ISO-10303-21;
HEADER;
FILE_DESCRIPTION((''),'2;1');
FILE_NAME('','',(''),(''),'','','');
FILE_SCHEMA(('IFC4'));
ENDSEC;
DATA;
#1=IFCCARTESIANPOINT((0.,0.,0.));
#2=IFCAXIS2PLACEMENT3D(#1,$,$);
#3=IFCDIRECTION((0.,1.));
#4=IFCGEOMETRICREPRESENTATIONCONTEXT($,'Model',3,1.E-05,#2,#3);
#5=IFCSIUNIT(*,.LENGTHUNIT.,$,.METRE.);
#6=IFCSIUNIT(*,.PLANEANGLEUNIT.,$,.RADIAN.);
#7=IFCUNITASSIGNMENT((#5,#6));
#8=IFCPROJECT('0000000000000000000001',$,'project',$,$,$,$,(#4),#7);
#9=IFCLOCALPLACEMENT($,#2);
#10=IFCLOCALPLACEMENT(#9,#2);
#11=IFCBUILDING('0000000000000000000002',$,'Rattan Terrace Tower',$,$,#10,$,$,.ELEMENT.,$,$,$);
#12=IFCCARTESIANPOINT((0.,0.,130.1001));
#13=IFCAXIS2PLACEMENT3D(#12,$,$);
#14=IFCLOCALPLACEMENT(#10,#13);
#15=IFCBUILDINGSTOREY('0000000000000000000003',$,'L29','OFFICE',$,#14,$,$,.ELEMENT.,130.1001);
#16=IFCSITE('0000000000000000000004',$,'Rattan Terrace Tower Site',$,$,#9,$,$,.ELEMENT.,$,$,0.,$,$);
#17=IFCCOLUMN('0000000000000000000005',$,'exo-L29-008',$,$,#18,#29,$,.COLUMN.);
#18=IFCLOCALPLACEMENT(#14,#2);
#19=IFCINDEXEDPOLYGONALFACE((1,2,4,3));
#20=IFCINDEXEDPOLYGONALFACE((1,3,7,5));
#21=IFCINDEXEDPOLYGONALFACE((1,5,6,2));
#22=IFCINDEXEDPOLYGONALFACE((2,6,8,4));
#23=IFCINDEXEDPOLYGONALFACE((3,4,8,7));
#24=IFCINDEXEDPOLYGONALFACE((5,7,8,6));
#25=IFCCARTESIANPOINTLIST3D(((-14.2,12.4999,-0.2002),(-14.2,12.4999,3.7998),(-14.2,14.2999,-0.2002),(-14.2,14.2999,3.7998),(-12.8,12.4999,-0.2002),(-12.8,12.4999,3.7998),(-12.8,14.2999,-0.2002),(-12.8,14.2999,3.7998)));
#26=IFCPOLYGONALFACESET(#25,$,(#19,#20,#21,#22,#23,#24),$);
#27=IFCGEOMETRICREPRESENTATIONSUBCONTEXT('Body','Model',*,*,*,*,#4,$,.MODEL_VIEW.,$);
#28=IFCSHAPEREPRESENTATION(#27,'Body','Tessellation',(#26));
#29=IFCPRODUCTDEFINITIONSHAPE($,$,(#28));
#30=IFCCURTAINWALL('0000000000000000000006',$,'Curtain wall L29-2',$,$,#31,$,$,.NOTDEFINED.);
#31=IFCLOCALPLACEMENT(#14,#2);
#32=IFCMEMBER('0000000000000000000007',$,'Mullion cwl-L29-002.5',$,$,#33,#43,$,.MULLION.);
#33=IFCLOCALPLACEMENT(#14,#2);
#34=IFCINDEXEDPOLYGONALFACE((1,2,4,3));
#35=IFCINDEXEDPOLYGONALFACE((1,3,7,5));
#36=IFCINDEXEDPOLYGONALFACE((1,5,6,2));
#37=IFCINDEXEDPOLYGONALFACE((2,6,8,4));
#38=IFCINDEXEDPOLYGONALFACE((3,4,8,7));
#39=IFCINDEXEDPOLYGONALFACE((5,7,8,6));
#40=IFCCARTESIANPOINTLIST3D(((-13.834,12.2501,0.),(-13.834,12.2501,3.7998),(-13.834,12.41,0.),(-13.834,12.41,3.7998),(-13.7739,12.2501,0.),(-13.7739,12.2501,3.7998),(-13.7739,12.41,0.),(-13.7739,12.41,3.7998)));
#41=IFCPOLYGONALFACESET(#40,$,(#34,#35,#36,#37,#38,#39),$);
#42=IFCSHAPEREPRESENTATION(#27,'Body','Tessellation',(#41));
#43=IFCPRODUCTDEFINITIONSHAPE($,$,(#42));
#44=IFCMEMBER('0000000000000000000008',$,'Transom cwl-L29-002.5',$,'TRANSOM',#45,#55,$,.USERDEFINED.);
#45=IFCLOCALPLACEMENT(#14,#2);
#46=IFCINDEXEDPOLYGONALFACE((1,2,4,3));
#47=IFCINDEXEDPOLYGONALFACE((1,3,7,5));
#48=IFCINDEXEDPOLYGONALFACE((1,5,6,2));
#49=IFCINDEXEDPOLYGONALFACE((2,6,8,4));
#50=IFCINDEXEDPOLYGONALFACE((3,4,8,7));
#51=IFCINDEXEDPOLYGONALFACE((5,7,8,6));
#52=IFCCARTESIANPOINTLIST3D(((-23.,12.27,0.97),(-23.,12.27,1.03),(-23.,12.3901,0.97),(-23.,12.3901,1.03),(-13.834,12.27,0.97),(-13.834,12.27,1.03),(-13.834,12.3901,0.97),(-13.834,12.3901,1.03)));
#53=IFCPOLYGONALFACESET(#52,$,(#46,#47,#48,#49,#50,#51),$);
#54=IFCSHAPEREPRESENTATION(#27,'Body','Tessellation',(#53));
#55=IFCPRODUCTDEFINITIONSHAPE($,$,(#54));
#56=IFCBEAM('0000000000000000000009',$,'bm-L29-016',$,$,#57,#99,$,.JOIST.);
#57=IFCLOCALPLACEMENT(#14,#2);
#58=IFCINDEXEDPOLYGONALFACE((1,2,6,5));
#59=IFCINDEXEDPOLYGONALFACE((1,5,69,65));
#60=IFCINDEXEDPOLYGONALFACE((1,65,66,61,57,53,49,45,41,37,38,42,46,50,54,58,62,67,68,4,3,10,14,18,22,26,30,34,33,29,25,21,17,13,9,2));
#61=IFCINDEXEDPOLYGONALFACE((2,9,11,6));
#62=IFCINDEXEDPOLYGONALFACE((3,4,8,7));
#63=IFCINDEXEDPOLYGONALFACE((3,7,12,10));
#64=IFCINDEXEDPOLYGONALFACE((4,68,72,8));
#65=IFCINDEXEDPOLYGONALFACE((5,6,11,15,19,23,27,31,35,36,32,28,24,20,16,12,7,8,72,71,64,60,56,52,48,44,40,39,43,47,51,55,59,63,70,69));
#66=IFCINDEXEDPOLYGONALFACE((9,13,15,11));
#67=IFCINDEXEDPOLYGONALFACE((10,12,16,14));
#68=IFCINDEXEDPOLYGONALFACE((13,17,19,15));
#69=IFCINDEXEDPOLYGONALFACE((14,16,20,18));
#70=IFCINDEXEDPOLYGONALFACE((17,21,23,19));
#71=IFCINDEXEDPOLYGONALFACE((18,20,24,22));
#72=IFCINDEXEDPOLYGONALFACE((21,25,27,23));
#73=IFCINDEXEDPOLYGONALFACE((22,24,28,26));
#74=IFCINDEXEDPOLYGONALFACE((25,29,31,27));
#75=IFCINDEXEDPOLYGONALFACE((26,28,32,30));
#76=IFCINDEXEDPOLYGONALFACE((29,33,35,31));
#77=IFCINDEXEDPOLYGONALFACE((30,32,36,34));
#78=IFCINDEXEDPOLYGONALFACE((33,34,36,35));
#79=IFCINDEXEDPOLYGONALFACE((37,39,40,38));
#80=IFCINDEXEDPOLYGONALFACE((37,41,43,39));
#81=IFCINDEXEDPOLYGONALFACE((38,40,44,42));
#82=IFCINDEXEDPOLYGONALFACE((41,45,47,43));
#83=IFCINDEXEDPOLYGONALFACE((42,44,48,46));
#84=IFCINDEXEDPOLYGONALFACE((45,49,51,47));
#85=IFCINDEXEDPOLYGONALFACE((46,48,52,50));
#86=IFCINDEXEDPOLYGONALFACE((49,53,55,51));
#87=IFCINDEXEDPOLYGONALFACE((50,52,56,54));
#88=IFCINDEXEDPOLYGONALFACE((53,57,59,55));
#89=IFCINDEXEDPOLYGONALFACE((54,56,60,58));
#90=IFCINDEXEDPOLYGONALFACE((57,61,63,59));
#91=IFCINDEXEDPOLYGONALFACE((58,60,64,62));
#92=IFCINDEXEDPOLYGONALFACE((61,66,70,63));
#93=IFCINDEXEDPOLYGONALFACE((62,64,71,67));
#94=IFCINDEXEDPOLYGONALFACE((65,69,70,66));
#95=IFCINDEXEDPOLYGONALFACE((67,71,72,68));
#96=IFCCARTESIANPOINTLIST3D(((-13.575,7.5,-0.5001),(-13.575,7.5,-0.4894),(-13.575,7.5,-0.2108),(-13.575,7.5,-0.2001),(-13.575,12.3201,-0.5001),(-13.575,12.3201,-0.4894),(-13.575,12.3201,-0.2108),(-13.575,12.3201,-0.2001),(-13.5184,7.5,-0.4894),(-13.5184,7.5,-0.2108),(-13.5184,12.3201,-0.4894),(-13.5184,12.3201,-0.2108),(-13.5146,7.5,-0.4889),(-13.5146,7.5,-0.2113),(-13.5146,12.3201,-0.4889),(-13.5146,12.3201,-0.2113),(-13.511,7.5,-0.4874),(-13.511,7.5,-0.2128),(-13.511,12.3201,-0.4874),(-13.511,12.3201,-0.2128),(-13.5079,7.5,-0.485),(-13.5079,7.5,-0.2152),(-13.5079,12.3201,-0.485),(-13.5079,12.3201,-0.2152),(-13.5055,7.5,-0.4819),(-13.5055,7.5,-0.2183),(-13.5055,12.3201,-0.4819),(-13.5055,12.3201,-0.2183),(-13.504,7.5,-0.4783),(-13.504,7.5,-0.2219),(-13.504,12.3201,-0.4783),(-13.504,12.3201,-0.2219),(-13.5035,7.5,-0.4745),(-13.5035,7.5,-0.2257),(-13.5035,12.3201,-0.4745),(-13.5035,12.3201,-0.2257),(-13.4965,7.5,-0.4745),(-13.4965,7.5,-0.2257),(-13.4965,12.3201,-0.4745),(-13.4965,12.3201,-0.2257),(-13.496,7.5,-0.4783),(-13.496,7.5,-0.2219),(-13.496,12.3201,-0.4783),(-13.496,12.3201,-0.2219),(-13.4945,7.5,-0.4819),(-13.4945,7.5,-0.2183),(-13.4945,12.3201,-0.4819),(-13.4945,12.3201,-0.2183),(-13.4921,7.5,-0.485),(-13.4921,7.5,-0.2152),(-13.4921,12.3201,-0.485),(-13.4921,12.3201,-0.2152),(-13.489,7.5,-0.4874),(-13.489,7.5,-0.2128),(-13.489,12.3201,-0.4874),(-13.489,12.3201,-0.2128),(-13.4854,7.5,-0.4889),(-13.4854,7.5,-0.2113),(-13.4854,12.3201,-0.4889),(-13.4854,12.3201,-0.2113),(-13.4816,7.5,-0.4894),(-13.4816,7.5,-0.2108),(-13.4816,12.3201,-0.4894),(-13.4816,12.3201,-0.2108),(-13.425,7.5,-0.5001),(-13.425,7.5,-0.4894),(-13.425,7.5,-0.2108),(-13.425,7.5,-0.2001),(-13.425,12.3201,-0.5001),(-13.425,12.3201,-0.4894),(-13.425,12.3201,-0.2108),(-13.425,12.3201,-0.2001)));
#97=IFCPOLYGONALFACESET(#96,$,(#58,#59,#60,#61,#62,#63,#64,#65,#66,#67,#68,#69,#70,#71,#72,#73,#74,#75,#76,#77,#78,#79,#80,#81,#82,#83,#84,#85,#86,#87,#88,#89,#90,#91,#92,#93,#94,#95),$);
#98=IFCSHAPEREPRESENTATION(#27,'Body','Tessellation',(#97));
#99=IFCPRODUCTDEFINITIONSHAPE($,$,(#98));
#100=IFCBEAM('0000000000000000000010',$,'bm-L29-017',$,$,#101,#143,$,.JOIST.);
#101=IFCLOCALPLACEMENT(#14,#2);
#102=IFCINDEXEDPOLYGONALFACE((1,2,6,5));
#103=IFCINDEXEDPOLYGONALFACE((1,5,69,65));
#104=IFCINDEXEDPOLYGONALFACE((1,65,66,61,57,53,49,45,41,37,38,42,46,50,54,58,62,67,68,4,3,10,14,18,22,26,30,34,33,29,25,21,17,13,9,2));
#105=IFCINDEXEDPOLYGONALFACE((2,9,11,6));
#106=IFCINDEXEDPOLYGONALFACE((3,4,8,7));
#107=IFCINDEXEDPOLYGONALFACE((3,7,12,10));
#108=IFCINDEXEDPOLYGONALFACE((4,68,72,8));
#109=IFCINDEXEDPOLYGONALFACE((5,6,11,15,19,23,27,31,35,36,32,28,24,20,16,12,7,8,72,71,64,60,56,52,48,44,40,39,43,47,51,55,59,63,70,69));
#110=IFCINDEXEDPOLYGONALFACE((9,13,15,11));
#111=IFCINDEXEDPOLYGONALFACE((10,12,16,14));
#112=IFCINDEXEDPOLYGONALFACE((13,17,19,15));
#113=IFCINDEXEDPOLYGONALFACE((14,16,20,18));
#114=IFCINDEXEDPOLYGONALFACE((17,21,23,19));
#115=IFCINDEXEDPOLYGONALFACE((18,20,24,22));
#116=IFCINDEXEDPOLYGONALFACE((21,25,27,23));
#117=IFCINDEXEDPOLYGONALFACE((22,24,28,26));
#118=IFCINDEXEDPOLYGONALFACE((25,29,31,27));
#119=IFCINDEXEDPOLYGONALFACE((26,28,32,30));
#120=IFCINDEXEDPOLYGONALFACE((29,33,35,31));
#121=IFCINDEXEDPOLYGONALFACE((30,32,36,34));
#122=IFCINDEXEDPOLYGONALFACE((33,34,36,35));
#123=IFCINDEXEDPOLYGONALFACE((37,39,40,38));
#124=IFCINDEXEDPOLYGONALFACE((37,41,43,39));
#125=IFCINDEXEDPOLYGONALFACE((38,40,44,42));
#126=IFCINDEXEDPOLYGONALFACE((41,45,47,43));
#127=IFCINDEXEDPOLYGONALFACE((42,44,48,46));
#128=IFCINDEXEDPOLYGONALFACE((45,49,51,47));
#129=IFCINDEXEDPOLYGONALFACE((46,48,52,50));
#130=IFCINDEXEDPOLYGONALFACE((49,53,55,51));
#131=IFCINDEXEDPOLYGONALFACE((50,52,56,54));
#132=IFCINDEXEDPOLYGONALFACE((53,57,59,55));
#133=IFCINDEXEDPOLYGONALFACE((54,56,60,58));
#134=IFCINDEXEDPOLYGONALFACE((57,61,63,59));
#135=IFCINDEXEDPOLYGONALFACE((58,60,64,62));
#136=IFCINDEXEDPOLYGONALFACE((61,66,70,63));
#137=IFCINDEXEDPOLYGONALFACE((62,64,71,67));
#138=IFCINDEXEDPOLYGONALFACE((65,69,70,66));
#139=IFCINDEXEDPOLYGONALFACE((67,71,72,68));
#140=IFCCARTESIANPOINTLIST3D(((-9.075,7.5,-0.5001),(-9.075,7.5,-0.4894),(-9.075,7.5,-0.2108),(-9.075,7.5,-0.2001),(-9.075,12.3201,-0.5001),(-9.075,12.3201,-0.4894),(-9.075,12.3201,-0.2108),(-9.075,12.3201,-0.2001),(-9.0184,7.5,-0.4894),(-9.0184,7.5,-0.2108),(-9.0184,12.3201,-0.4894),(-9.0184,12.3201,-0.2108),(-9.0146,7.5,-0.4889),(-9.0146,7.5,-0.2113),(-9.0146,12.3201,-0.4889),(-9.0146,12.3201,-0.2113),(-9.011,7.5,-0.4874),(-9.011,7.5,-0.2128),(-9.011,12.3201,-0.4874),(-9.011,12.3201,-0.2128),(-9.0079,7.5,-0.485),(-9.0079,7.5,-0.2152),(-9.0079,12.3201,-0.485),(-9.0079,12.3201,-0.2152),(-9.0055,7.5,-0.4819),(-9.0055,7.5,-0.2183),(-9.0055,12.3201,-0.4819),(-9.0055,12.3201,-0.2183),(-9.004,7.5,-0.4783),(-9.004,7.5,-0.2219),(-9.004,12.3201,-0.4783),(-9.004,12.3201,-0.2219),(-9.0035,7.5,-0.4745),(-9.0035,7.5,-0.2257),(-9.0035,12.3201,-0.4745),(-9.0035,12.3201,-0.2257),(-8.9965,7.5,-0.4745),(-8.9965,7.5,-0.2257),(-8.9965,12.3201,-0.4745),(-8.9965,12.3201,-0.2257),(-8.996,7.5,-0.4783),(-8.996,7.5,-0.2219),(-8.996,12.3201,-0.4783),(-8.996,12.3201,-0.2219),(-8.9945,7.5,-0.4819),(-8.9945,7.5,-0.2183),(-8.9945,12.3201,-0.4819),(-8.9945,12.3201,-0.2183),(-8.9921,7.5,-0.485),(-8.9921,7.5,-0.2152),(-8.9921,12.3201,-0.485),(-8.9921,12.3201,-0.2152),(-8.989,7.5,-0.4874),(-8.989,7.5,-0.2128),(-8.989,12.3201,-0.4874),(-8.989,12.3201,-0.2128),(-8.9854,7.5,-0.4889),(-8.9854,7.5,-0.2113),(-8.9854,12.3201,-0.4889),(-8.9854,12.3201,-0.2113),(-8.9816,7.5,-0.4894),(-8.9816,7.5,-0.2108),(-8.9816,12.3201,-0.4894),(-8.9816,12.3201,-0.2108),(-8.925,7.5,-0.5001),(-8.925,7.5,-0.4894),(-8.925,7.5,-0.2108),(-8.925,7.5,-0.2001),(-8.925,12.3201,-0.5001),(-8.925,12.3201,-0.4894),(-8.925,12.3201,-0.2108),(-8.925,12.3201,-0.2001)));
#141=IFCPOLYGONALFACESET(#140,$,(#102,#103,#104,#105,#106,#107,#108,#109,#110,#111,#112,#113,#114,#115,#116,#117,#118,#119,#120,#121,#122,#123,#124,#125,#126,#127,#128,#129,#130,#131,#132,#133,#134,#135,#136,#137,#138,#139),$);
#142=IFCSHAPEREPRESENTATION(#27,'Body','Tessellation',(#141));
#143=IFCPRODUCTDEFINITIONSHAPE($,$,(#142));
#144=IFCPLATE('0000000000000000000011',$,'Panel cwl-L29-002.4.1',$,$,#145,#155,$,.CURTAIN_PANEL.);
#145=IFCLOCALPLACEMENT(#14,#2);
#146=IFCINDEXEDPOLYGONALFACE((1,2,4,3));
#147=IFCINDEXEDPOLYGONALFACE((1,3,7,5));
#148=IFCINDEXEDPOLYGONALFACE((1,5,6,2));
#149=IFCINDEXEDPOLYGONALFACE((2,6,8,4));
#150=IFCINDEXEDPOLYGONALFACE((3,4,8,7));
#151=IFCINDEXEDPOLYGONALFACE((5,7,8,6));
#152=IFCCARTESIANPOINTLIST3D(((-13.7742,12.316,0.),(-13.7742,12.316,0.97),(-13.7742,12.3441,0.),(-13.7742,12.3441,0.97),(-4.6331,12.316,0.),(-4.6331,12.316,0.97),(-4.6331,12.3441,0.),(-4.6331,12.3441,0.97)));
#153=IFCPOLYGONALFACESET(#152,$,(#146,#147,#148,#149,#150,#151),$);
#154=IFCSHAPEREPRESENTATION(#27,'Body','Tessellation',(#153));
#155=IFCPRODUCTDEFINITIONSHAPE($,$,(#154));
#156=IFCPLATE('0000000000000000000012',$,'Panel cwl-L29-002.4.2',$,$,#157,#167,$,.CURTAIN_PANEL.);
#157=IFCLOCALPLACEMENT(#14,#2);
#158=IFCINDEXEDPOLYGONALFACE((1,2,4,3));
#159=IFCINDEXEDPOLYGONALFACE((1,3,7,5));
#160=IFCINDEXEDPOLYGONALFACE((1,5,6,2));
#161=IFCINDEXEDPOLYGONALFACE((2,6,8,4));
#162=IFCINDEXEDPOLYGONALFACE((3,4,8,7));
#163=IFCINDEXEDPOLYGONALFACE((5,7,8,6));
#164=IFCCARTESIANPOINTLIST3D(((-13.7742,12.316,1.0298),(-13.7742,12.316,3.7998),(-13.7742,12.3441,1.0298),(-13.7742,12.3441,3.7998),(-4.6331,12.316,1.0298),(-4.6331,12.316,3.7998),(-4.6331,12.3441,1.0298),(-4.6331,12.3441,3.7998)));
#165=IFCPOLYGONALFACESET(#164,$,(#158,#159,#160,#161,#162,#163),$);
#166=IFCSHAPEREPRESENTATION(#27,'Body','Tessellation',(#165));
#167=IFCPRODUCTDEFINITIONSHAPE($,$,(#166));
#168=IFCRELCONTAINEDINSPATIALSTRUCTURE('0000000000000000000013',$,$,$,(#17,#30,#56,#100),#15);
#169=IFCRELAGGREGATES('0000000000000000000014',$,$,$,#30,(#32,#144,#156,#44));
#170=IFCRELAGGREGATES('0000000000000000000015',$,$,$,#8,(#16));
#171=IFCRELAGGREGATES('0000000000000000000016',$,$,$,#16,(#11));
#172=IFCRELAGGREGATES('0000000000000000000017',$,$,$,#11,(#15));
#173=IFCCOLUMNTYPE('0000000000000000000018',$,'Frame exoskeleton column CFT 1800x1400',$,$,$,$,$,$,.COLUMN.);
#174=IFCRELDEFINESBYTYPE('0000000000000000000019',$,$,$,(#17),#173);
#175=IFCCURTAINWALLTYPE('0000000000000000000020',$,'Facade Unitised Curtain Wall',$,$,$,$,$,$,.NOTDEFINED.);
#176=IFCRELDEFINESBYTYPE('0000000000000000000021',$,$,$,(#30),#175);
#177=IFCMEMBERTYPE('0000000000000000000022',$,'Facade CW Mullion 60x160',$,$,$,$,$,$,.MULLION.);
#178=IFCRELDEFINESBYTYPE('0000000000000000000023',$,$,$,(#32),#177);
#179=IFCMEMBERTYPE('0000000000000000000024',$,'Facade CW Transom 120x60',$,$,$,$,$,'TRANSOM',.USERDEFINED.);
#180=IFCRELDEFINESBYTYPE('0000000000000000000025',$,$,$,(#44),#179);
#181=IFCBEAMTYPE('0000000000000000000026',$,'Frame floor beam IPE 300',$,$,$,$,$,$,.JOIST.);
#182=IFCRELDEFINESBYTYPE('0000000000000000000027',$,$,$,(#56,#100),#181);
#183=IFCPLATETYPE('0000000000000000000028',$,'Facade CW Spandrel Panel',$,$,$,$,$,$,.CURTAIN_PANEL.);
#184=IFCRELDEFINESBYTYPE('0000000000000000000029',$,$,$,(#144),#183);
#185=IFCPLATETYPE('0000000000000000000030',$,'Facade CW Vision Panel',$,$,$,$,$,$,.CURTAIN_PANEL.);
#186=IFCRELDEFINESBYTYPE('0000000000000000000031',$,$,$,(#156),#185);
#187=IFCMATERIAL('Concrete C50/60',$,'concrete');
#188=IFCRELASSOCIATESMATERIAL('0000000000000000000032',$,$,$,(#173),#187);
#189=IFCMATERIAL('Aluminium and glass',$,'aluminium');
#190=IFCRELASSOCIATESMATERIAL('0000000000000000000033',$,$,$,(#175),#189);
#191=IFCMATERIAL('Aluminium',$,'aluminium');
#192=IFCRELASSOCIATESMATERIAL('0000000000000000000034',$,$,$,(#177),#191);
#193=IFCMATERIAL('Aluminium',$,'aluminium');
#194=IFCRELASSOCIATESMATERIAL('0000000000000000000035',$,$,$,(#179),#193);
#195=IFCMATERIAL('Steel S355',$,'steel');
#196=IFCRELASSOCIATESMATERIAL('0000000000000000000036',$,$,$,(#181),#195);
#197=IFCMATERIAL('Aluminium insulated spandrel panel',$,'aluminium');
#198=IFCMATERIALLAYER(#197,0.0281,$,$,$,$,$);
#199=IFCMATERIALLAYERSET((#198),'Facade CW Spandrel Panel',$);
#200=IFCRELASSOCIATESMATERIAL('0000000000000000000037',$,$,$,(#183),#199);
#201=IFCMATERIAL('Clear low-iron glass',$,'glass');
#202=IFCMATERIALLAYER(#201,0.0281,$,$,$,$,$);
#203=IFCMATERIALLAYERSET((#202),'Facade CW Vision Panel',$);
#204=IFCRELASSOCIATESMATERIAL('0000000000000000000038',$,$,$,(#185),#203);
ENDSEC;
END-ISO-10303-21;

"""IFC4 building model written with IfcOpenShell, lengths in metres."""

from ifc_helpers import new_model, si_unit, direction, frame, origin, origin_2d, place, context, subcontext, project, spatial, rectangle, i_section, extrude, material, layer, layer_set, material_profile, profile_set, type_object, element, aggregate, save


model = new_model("IFC4")

# Units and contexts
model_context = context("Model", 3, precision=1e-05, world=origin(), true_north=direction((0.0, 1.0)))
body_context = subcontext(model_context, "Body", "Model", "MODEL_VIEW")
ifc_project = project(units=[si_unit("LENGTHUNIT", "METRE"), si_unit("PLANEANGLEUNIT", "RADIAN")], contexts=[model_context])

# Site, building, storey
site_placement = place(None, origin())
site = spatial("IfcSite", under=ifc_project, at=site_placement, Name="Rattan Terrace Tower Site", CompositionType="ELEMENT", RefElevation=0.0)
building_placement = place(site_placement, origin())
building = spatial("IfcBuilding", under=site, at=building_placement, Name="Rattan Terrace Tower", CompositionType="ELEMENT")
storey_placement = place(building_placement, frame((0.0, 0.0, 130.1001)))
storey = spatial("IfcBuildingStorey", under=building, at=storey_placement, Name="L29", Description="OFFICE", CompositionType="ELEMENT", Elevation=130.1001)

# Column
ifc_material_1 = material(Name="Concrete C50/60", Category="concrete")
ifc_material_profile_1 = material_profile(ifc_material_1, rectangle(XDim=1.3999, YDim=1.8, at=origin_2d()), Name="CFT 1800x1400")
ifc_profile_set_1 = profile_set([ifc_material_profile_1], Name="Concrete C50/60")
column_type = type_object("IfcColumnType", Name="Frame exoskeleton column CFT 1800x1400", PredefinedType="COLUMN", material=ifc_profile_set_1)
column_placement = place(storey_placement, frame((-13.5, 13.3999, -0.2002), z_axis=(0.0, 0.0, 1.0), x_axis=(1.0, 0.0, 0.0)))
element("IfcColumn", 1, at=column_placement, inside=storey, type_object=column_type, Name="exo-L29-008", PredefinedType="COLUMN", context=body_context, shape_type="SweptSolid", body=[
    extrude(rectangle(XDim=1.3999, YDim=1.8, at=origin_2d()), origin(), (0.0, 0.0, 1.0), 4.0),
])

# Curtain wall, members
ifc_material_2 = material(Name="Aluminium and glass", Category="aluminium")
curtain_wall_type = type_object("IfcCurtainWallType", Name="Facade Unitised Curtain Wall", PredefinedType="NOTDEFINED", material=ifc_material_2)
curtain_wall_placement = place(storey_placement, origin())
curtain_wall = element("IfcCurtainWall", 2, at=curtain_wall_placement, inside=storey, type_object=curtain_wall_type, Name="Curtain wall L29-2", PredefinedType="NOTDEFINED")
ifc_material_3 = material(Name="Aluminium", Category="aluminium")
ifc_material_profile_2 = material_profile(ifc_material_3, rectangle(XDim=0.0601, YDim=0.1599, at=origin_2d()), Name="Aluminium 60x160")
ifc_profile_set_2 = profile_set([ifc_material_profile_2], Name="Aluminium")
member_type_1 = type_object("IfcMemberType", Name="Facade CW Mullion 60x160", PredefinedType="MULLION", material=ifc_profile_set_2)
member_1_placement = place(storey_placement, frame((-13.804, 12.3301, 0.0), z_axis=(0.0, 0.0, 1.0), x_axis=(-1.0, 0.0, 0.0)))
member_1 = element("IfcMember", 3, at=member_1_placement, type_object=member_type_1, Name="Mullion cwl-L29-002.5", PredefinedType="MULLION", context=body_context, shape_type="SweptSolid", body=[
    extrude(rectangle(XDim=0.0601, YDim=0.1599, at=origin_2d()), origin(), (0.0, 0.0, 1.0), 3.7998),
])
ifc_material_4 = material(Name="Aluminium", Category="aluminium")
ifc_material_profile_3 = material_profile(ifc_material_4, rectangle(XDim=0.1201, YDim=0.0601, at=origin_2d()), Name="Aluminium 120x60")
ifc_profile_set_3 = profile_set([ifc_material_profile_3], Name="Aluminium")
member_type_2 = type_object("IfcMemberType", Name="Facade CW Transom 120x60", ElementType="TRANSOM", PredefinedType="USERDEFINED", material=ifc_profile_set_3)
member_2_placement = place(storey_placement, frame((-13.834, 12.3301, 1.0), z_axis=(-1.0, 0.0, 0.0), x_axis=(0.0, -1.0, 0.0)))
member_2 = element("IfcMember", 4, at=member_2_placement, type_object=member_type_2, Name="Transom cwl-L29-002.5", ObjectType="TRANSOM", PredefinedType="USERDEFINED", context=body_context, shape_type="SweptSolid", body=[
    extrude(rectangle(XDim=0.1201, YDim=0.0601, at=origin_2d()), origin(), (0.0, 0.0, 1.0), 9.166),
])

# Beams
ifc_material_5 = material(Name="Steel S355", Category="steel")
ifc_material_profile_4 = material_profile(ifc_material_5, i_section(OverallWidth=0.1499, OverallDepth=0.3, WebThickness=0.0071, FlangeThickness=0.0107, FilletRadius=0.0149, at=origin_2d()), Name="IPE 300")
ifc_profile_set_4 = profile_set([ifc_material_profile_4], Name="Steel S355")
beam_type = type_object("IfcBeamType", Name="Frame floor beam IPE 300", PredefinedType="JOIST", material=ifc_profile_set_4)
for number, where, z_axis, x_axis, name in (
    (5, (-13.5, 7.5, -0.3501), (0.0, 1.0, 0.0), (-1.0, 0.0, 0.0), "bm-L29-016"),
    (6, (-9.0, 7.5, -0.3501), (0.0, 1.0, 0.0), (-1.0, 0.0, 0.0), "bm-L29-017"),
):
    element("IfcBeam", number, at=place(storey_placement, frame(where, z_axis=z_axis, x_axis=x_axis)), inside=storey, type_object=beam_type, Name=name, PredefinedType="JOIST", context=body_context, shape_type="SweptSolid", body=[
        extrude(i_section(OverallWidth=0.1499, OverallDepth=0.3, WebThickness=0.0071, FlangeThickness=0.0107, FilletRadius=0.0149, at=origin_2d()), origin(), (0.0, 0.0, 1.0), 4.8201),
    ])

# Plates
ifc_material_6 = material(Name="Aluminium insulated spandrel panel", Category="aluminium")
ifc_layer_1 = layer(ifc_material_6, 0.0281)
ifc_layer_set_1 = layer_set([ifc_layer_1], Name="Facade CW Spandrel Panel")
plate_type_1 = type_object("IfcPlateType", Name="Facade CW Spandrel Panel", PredefinedType="CURTAIN_PANEL", material=ifc_layer_set_1)
plate_1_placement = place(storey_placement, frame((-9.2036, 12.3301, 0.0), z_axis=(0.0, 0.0, 1.0), x_axis=(-1.0, 0.0, 0.0)))
plate_1 = element("IfcPlate", 7, at=plate_1_placement, type_object=plate_type_1, Name="Panel cwl-L29-002.4.1", PredefinedType="CURTAIN_PANEL", context=body_context, shape_type="SweptSolid", body=[
    extrude(rectangle(XDim=9.1411, YDim=0.0281, at=origin_2d()), origin(), (0.0, 0.0, 1.0), 0.97),
])
ifc_material_7 = material(Name="Clear low-iron glass", Category="glass")
ifc_layer_2 = layer(ifc_material_7, 0.0281)
ifc_layer_set_2 = layer_set([ifc_layer_2], Name="Facade CW Vision Panel")
plate_type_2 = type_object("IfcPlateType", Name="Facade CW Vision Panel", PredefinedType="CURTAIN_PANEL", material=ifc_layer_set_2)
plate_2_placement = place(storey_placement, frame((-9.2036, 12.3301, 1.0298), z_axis=(0.0, 0.0, 1.0), x_axis=(-1.0, 0.0, 0.0)))
plate_2 = element("IfcPlate", 8, at=plate_2_placement, type_object=plate_type_2, Name="Panel cwl-L29-002.4.2", PredefinedType="CURTAIN_PANEL", context=body_context, shape_type="SweptSolid", body=[
    extrude(rectangle(XDim=9.1411, YDim=0.0281, at=origin_2d()), origin(), (0.0, 0.0, 1.0), 2.77),
])
aggregate(curtain_wall, [member_1, plate_1, plate_2, member_2])

save(model, "model.ifc")
